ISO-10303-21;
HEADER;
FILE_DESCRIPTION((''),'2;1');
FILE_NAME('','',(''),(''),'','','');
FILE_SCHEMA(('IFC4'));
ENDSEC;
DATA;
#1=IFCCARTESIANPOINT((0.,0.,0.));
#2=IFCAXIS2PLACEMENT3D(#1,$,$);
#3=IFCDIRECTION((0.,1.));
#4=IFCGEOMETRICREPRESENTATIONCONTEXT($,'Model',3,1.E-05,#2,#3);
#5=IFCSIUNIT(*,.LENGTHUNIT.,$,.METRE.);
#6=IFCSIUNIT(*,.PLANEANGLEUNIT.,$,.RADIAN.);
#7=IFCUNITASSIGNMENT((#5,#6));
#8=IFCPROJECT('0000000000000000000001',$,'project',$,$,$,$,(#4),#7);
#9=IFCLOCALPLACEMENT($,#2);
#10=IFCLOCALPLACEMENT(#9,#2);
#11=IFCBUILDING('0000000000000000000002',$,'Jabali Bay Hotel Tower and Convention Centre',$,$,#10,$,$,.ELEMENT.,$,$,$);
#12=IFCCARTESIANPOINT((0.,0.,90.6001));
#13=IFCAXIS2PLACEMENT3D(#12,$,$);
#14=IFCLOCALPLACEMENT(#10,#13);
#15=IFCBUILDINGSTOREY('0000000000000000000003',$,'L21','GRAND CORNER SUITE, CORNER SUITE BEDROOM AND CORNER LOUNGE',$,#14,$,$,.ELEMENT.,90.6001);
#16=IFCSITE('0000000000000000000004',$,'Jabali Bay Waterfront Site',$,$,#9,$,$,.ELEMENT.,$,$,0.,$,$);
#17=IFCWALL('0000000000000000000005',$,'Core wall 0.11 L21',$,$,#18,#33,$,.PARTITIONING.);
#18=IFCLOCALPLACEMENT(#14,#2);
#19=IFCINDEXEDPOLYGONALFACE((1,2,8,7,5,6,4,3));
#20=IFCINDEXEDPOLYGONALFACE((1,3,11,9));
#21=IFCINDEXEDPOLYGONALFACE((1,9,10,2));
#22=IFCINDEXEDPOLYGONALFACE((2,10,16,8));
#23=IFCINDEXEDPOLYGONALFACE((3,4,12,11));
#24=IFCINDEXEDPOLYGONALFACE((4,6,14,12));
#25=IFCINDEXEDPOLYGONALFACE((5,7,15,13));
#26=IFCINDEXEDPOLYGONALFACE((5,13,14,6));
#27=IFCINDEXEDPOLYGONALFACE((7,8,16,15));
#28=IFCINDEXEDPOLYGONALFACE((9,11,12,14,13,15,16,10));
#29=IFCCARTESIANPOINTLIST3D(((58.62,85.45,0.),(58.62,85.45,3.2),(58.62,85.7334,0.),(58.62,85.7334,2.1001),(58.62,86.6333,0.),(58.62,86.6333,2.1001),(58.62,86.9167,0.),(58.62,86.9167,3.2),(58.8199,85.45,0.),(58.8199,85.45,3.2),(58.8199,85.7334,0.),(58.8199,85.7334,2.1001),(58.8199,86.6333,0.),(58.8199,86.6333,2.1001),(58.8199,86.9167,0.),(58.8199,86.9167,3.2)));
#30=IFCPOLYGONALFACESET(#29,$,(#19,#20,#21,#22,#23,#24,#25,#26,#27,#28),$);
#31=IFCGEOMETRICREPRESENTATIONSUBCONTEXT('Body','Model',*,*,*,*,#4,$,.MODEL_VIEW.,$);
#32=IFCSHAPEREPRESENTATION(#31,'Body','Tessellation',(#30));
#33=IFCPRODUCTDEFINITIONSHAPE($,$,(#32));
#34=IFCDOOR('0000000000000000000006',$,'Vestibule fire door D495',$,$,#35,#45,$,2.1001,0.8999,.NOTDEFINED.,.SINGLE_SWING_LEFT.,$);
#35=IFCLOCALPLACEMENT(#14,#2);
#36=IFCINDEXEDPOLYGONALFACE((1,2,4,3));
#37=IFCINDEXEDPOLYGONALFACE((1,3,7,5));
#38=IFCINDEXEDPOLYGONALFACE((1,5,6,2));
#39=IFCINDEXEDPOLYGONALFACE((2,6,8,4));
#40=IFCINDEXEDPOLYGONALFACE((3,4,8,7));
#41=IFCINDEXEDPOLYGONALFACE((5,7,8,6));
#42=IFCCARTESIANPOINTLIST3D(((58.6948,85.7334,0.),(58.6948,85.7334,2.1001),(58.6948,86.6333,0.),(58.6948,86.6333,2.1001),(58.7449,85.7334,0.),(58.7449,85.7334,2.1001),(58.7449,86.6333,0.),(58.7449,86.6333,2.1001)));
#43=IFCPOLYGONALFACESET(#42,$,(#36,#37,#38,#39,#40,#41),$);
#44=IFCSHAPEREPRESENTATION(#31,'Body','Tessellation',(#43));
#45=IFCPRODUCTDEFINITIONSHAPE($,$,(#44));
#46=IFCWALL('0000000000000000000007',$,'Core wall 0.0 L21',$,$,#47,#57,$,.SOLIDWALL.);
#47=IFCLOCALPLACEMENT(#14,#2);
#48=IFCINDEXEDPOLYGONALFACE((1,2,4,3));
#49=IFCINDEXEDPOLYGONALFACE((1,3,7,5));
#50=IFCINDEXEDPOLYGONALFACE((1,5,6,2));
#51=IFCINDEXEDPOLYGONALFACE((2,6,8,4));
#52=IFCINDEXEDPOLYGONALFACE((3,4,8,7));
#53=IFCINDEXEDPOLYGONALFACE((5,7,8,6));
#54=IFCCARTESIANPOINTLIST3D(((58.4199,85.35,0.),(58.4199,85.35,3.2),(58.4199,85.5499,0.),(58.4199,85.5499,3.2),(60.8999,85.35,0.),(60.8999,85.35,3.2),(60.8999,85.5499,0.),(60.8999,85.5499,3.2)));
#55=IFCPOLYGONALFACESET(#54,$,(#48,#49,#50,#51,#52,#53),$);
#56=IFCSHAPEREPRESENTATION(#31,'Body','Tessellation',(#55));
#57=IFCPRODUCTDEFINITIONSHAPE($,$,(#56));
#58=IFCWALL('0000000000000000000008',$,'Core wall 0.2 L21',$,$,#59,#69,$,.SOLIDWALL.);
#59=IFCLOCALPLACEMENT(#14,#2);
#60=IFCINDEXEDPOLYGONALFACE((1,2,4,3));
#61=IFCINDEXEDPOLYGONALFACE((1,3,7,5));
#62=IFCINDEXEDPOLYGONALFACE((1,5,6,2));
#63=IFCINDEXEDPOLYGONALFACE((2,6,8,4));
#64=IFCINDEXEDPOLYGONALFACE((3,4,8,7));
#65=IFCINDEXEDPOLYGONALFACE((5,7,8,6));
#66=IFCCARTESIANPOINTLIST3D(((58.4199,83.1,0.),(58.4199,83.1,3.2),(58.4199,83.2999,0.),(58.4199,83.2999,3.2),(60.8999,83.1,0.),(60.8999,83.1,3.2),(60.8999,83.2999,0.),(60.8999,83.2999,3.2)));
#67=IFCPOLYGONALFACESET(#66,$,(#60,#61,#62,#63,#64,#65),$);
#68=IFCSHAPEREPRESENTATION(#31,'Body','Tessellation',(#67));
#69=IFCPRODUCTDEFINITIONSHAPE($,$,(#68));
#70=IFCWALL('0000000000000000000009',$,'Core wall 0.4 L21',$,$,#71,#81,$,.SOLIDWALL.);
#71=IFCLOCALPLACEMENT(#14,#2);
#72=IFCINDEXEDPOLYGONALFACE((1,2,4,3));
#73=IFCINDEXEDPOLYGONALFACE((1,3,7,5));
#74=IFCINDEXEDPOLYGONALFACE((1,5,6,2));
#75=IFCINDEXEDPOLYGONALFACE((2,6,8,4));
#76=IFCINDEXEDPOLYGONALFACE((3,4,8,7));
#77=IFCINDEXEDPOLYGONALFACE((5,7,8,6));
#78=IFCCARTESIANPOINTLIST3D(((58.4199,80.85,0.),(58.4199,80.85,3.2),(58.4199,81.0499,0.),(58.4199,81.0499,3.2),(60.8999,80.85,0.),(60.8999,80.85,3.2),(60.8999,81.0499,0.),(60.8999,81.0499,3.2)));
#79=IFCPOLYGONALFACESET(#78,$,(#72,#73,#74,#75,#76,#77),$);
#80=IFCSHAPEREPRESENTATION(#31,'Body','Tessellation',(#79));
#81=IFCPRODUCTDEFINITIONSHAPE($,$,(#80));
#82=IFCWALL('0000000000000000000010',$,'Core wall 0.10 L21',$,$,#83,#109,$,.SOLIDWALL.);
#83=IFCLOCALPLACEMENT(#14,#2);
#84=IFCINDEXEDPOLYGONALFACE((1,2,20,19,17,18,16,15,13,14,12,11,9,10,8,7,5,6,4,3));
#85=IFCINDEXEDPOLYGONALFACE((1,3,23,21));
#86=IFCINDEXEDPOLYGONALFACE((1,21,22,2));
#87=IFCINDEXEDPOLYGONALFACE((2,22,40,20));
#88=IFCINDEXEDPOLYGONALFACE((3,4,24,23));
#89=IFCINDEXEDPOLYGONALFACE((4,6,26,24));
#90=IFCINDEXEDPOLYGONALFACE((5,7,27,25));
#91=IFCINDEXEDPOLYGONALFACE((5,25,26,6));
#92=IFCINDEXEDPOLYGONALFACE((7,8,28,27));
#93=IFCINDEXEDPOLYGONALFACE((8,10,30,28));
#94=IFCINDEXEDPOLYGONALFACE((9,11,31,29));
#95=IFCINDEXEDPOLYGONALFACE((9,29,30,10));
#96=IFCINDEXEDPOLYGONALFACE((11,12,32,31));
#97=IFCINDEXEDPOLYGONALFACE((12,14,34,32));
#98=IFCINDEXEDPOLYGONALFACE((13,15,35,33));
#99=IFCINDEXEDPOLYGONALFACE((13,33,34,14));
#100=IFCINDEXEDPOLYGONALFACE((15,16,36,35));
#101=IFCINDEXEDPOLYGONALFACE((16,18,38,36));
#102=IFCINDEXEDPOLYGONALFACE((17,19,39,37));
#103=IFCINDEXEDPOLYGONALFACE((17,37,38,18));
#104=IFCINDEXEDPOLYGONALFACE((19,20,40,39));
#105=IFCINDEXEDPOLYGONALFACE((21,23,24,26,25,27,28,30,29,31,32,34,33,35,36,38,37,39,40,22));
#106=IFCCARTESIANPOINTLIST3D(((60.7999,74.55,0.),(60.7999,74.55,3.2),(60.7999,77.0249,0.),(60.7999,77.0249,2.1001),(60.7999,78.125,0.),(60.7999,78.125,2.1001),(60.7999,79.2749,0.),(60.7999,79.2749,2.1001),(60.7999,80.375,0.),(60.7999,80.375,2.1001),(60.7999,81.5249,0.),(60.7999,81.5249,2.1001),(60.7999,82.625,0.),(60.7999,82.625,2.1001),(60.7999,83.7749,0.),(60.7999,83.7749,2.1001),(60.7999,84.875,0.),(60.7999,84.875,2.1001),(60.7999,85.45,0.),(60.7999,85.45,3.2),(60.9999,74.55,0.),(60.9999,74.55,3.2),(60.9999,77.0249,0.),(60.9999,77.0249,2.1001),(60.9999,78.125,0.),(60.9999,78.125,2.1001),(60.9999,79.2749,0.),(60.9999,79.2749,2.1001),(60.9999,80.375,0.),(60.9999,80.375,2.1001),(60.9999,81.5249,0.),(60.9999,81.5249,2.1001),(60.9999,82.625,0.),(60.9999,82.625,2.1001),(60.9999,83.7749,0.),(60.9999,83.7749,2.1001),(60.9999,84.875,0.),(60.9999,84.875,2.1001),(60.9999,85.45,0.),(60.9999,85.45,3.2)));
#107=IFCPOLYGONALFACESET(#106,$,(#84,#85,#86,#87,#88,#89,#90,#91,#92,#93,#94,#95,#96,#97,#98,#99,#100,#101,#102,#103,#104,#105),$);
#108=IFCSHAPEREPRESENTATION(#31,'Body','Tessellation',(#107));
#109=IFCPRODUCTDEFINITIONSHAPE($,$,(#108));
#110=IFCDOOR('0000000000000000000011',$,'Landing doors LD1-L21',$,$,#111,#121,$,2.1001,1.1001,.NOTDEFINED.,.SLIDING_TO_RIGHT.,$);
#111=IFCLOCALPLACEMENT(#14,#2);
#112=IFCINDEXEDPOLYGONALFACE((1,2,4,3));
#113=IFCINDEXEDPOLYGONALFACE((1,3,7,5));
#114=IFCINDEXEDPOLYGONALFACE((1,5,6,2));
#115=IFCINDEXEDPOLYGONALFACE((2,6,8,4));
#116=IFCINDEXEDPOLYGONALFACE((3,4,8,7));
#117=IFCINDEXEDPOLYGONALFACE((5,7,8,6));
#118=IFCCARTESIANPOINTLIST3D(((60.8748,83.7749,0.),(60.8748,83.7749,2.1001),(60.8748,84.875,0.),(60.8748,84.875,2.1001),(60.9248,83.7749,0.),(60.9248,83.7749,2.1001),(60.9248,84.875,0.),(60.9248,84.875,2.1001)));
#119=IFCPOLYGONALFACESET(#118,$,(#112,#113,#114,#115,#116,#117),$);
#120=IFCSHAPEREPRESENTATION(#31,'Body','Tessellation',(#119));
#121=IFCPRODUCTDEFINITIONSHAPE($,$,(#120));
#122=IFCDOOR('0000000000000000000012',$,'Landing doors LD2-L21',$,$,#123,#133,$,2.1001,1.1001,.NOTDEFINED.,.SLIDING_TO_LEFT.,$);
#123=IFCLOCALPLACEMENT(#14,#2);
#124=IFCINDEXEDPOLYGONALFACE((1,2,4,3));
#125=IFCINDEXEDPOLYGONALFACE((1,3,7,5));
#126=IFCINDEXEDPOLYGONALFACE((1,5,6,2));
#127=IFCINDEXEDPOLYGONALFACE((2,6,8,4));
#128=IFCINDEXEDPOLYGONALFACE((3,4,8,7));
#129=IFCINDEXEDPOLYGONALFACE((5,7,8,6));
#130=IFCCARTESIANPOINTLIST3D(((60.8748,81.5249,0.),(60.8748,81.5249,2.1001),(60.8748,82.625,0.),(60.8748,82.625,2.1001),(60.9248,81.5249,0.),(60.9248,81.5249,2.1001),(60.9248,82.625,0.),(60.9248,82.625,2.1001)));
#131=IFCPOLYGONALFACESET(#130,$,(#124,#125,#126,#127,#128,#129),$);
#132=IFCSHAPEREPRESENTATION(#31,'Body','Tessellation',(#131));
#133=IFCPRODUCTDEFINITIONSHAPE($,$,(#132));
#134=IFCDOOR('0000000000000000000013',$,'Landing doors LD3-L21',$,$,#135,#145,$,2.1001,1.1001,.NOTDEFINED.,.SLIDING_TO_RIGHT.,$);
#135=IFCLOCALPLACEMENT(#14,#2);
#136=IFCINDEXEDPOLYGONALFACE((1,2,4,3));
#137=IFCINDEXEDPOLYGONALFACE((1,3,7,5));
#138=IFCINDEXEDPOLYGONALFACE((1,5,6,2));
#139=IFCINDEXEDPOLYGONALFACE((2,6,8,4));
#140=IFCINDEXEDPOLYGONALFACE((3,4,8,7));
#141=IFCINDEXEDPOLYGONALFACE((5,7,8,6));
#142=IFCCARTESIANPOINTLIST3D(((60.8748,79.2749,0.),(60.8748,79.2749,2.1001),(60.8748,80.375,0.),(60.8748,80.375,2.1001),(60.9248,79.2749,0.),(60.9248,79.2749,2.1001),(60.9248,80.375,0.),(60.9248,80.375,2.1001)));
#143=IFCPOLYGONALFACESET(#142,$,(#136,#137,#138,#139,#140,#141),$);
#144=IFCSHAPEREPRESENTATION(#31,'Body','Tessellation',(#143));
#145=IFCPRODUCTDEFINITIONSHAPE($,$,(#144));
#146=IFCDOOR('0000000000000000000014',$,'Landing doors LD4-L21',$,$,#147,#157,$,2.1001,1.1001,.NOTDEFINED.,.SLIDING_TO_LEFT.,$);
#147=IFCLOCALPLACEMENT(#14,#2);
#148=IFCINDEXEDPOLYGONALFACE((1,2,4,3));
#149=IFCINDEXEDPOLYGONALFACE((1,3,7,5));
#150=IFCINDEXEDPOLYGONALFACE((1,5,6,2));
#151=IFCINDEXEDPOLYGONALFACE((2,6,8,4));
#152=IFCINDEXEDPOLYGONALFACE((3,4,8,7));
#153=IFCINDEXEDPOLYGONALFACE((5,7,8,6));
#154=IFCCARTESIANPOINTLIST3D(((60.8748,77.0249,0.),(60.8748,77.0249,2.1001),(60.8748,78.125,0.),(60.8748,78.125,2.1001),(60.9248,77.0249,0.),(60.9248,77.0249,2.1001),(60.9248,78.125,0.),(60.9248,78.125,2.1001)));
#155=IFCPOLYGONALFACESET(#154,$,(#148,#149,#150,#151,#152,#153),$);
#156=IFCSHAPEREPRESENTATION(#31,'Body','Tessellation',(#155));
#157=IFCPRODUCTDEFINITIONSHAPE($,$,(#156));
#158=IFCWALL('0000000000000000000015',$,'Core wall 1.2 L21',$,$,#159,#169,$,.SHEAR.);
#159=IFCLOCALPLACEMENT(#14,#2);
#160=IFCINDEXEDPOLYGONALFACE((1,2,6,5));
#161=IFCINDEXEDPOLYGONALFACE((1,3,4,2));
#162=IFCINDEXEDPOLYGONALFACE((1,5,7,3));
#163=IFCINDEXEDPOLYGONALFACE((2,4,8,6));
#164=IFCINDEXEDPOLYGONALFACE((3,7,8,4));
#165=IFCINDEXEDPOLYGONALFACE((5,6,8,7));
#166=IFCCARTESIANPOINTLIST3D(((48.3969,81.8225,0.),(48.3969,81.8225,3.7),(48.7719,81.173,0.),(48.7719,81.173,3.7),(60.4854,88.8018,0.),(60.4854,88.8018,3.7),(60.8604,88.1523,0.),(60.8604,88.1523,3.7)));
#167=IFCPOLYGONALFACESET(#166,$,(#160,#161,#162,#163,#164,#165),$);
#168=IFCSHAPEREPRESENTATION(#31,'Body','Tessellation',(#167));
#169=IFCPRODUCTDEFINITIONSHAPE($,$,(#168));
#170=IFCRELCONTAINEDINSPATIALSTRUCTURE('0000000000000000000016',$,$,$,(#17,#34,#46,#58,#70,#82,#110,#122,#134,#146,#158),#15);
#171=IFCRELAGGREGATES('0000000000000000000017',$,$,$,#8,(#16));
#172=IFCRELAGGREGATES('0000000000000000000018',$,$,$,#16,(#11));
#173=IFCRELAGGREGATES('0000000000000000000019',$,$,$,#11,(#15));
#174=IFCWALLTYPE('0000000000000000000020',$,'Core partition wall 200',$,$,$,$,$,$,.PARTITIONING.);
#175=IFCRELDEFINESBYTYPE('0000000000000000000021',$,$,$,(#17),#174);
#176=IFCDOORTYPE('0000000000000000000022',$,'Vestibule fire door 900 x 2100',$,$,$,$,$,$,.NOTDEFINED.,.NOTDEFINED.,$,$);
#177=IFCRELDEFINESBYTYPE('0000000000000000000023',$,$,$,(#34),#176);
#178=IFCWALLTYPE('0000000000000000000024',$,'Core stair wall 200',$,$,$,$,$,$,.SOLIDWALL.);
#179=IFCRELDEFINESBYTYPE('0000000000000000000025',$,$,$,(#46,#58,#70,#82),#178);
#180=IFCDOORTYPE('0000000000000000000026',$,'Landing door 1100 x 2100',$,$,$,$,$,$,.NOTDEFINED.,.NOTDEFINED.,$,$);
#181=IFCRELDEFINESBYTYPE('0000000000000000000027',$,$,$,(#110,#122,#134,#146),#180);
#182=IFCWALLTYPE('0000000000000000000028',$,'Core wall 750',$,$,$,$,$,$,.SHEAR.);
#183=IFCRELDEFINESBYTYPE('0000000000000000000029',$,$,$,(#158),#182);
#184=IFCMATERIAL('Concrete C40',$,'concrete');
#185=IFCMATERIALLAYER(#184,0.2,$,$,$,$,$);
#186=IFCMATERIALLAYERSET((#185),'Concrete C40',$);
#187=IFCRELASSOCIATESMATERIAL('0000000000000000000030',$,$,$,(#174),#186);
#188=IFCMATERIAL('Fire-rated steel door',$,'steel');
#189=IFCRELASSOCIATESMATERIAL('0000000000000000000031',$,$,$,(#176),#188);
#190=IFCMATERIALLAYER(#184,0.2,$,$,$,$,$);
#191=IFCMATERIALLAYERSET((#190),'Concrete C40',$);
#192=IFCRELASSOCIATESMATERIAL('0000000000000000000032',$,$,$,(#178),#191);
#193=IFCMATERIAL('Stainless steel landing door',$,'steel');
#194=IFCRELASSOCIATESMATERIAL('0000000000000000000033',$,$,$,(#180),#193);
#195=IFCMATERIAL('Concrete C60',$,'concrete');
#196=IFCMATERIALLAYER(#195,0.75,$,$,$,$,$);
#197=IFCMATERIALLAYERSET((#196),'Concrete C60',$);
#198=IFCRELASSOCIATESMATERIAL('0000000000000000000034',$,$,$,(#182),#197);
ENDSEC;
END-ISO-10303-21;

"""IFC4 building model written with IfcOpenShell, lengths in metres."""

from ifc_helpers import new_model, si_unit, direction, frame, frame_2d, origin, place, context, subcontext, project, spatial, rectangle, extrude, material, layer, layer_set, type_object, element, fill, save


model = new_model("IFC4")

# Units and contexts
model_context = context("Model", 3, precision=1e-05, world=origin(), true_north=direction((0.0, 1.0)))
body_context = subcontext(model_context, "Body", "Model", "MODEL_VIEW")
ifc_project = project(units=[si_unit("LENGTHUNIT", "METRE"), si_unit("PLANEANGLEUNIT", "RADIAN")], contexts=[model_context])

# Site, building, storey
site_placement = place(None, origin())
site = spatial("IfcSite", under=ifc_project, at=site_placement, Name="Jabali Bay Waterfront Site", CompositionType="ELEMENT", RefElevation=0.0)
building_placement = place(site_placement, origin())
building = spatial("IfcBuilding", under=site, at=building_placement, Name="Jabali Bay Hotel Tower and Convention Centre", CompositionType="ELEMENT")
storey_placement = place(building_placement, frame((0.0, 0.0, 90.6001)))
storey = spatial("IfcBuildingStorey", under=building, at=storey_placement, Name="L21", Description="GRAND CORNER SUITE, CORNER SUITE BEDROOM AND CORNER LOUNGE", CompositionType="ELEMENT", Elevation=90.6001)

# Wall, opening, door
ifc_material_1 = material(Name="Concrete C40", Category="concrete")
ifc_layer_1 = layer(ifc_material_1, 0.2)
ifc_layer_set_1 = layer_set([ifc_layer_1], Name="Concrete C40")
wall_type_1 = type_object("IfcWallType", Name="Core partition wall 200", PredefinedType="PARTITIONING", material=ifc_layer_set_1)
wall_1_placement = place(storey_placement, frame((58.72, 86.9167, 0.0), z_axis=(0.0, 0.0, 1.0), x_axis=(0.0, -1.0, 0.0)))
wall_1 = element("IfcWall", 1, at=wall_1_placement, inside=storey, type_object=wall_type_1, Name="Core wall 0.11 L21", PredefinedType="PARTITIONING", context=body_context, shape_type="SweptSolid", body=[
    extrude(rectangle(XDim=1.4668, YDim=0.2, at=frame_2d((0.7334, 0.0))), origin(), (0.0, 0.0, 1.0), 3.2),
])
opening_1_placement = place(wall_1_placement, frame((0.2834, 0.0, 0.0)))
opening_1 = element("IfcOpeningElement", 2, at=opening_1_placement, cuts=wall_1, PredefinedType="OPENING", context=body_context, shape_type="SweptSolid", body=[
    extrude(rectangle(XDim=0.8999, YDim=2.1001, at=frame_2d((0.45, 1.05))), frame((0.0, 0.1104, 0.0), z_axis=(0.0, -1.0, 0.0), x_axis=(1.0, 0.0, 0.0)), (0.0, 0.0, 1.0), 0.2209),
])
ifc_material_2 = material(Name="Fire-rated steel door", Category="steel")
door_type_1 = type_object("IfcDoorType", Name="Vestibule fire door 900 x 2100", OperationType="NOTDEFINED", PredefinedType="NOTDEFINED", material=ifc_material_2)
door_1_placement = place(opening_1_placement, origin())
door_1 = element("IfcDoor", 3, at=door_1_placement, inside=storey, type_object=door_type_1, Name="Vestibule fire door D495", OperationType="SINGLE_SWING_LEFT", OverallHeight=2.1001, OverallWidth=0.8999, PredefinedType="NOTDEFINED", context=body_context, shape_type="SweptSolid", body=[
    extrude(rectangle(XDim=0.8999, YDim=2.1001, at=frame_2d((0.45, 1.05))), frame((0.0, 0.0249, 0.0), z_axis=(0.0, -1.0, 0.0), x_axis=(1.0, 0.0, 0.0)), (0.0, 0.0, 1.0), 0.05),
])
fill(opening_1, door_1)

# Walls
ifc_layer_2 = layer(ifc_material_1, 0.2)
ifc_layer_set_2 = layer_set([ifc_layer_2], Name="Concrete C40")
wall_type_2 = type_object("IfcWallType", Name="Core stair wall 200", PredefinedType="SOLIDWALL", material=ifc_layer_set_2)
for number, where, z_axis, x_axis, name in (
    (4, (60.8999, 85.45, 0.0), (0.0, 0.0, 1.0), (-1.0, 0.0, 0.0), "Core wall 0.0 L21"),
    (5, (60.8999, 83.2, 0.0), (0.0, 0.0, 1.0), (-1.0, 0.0, 0.0), "Core wall 0.2 L21"),
    (6, (60.8999, 80.95, 0.0), (0.0, 0.0, 1.0), (-1.0, 0.0, 0.0), "Core wall 0.4 L21"),
):
    element("IfcWall", number, at=place(storey_placement, frame(where, z_axis=z_axis, x_axis=x_axis)), inside=storey, type_object=wall_type_2, Name=name, PredefinedType="SOLIDWALL", context=body_context, shape_type="SweptSolid", body=[
        extrude(rectangle(XDim=2.48, YDim=0.2, at=frame_2d((1.24, 0.0))), origin(), (0.0, 0.0, 1.0), 3.2),
    ])

# Wall, openings, doors
wall_2_placement = place(storey_placement, frame((60.8999, 85.45, 0.0), z_axis=(0.0, 0.0, 1.0), x_axis=(0.0, -1.0, 0.0)))
wall_2 = element("IfcWall", 7, at=wall_2_placement, inside=storey, type_object=wall_type_2, Name="Core wall 0.10 L21", PredefinedType="SOLIDWALL", context=body_context, shape_type="SweptSolid", body=[
    extrude(rectangle(XDim=10.8999, YDim=0.2, at=frame_2d((5.45, 0.0))), origin(), (0.0, 0.0, 1.0), 3.2),
])
opening_2_placement = place(wall_2_placement, frame((0.575, 0.0, 0.0)))
opening_2 = element("IfcOpeningElement", 8, at=opening_2_placement, cuts=wall_2, PredefinedType="OPENING", context=body_context, shape_type="SweptSolid", body=[
    extrude(rectangle(XDim=1.1001, YDim=2.1001, at=frame_2d((0.55, 1.05))), frame((0.0, 0.1104, 0.0), z_axis=(0.0, -1.0, 0.0), x_axis=(1.0, 0.0, 0.0)), (0.0, 0.0, 1.0), 0.2209),
])
opening_3_placement = place(wall_2_placement, frame((2.825, 0.0, 0.0)))
opening_3 = element("IfcOpeningElement", 9, at=opening_3_placement, cuts=wall_2, PredefinedType="OPENING", context=body_context, shape_type="SweptSolid", body=[
    extrude(rectangle(XDim=1.1001, YDim=2.1001, at=frame_2d((0.55, 1.05))), frame((0.0, 0.1104, 0.0), z_axis=(0.0, -1.0, 0.0), x_axis=(1.0, 0.0, 0.0)), (0.0, 0.0, 1.0), 0.2209),
])
opening_4_placement = place(wall_2_placement, frame((5.075, 0.0, 0.0)))
opening_4 = element("IfcOpeningElement", 10, at=opening_4_placement, cuts=wall_2, PredefinedType="OPENING", context=body_context, shape_type="SweptSolid", body=[
    extrude(rectangle(XDim=1.1001, YDim=2.1001, at=frame_2d((0.55, 1.05))), frame((0.0, 0.1104, 0.0), z_axis=(0.0, -1.0, 0.0), x_axis=(1.0, 0.0, 0.0)), (0.0, 0.0, 1.0), 0.2209),
])
opening_5_placement = place(wall_2_placement, frame((7.325, 0.0, 0.0)))
opening_5 = element("IfcOpeningElement", 11, at=opening_5_placement, cuts=wall_2, PredefinedType="OPENING", context=body_context, shape_type="SweptSolid", body=[
    extrude(rectangle(XDim=1.1001, YDim=2.1001, at=frame_2d((0.55, 1.05))), frame((0.0, 0.1104, 0.0), z_axis=(0.0, -1.0, 0.0), x_axis=(1.0, 0.0, 0.0)), (0.0, 0.0, 1.0), 0.2209),
])
ifc_material_3 = material(Name="Stainless steel landing door", Category="steel")
door_type_2 = type_object("IfcDoorType", Name="Landing door 1100 x 2100", OperationType="NOTDEFINED", PredefinedType="NOTDEFINED", material=ifc_material_3)
door_2_placement = place(opening_2_placement, origin())
door_2 = element("IfcDoor", 12, at=door_2_placement, inside=storey, type_object=door_type_2, Name="Landing doors LD1-L21", OperationType="SLIDING_TO_RIGHT", OverallHeight=2.1001, OverallWidth=1.1001, PredefinedType="NOTDEFINED", context=body_context, shape_type="SweptSolid", body=[
    extrude(rectangle(XDim=1.1001, YDim=2.1001, at=frame_2d((0.55, 1.05))), frame((0.0, 0.0249, 0.0), z_axis=(0.0, -1.0, 0.0), x_axis=(1.0, 0.0, 0.0)), (0.0, 0.0, 1.0), 0.05),
])
fill(opening_2, door_2)
door_3_placement = place(opening_3_placement, origin())
door_3 = element("IfcDoor", 13, at=door_3_placement, inside=storey, type_object=door_type_2, Name="Landing doors LD2-L21", OperationType="SLIDING_TO_LEFT", OverallHeight=2.1001, OverallWidth=1.1001, PredefinedType="NOTDEFINED", context=body_context, shape_type="SweptSolid", body=[
    extrude(rectangle(XDim=1.1001, YDim=2.1001, at=frame_2d((0.55, 1.05))), frame((0.0, 0.0249, 0.0), z_axis=(0.0, -1.0, 0.0), x_axis=(1.0, 0.0, 0.0)), (0.0, 0.0, 1.0), 0.05),
])
fill(opening_3, door_3)
door_4_placement = place(opening_4_placement, origin())
door_4 = element("IfcDoor", 14, at=door_4_placement, inside=storey, type_object=door_type_2, Name="Landing doors LD3-L21", OperationType="SLIDING_TO_RIGHT", OverallHeight=2.1001, OverallWidth=1.1001, PredefinedType="NOTDEFINED", context=body_context, shape_type="SweptSolid", body=[
    extrude(rectangle(XDim=1.1001, YDim=2.1001, at=frame_2d((0.55, 1.05))), frame((0.0, 0.0249, 0.0), z_axis=(0.0, -1.0, 0.0), x_axis=(1.0, 0.0, 0.0)), (0.0, 0.0, 1.0), 0.05),
])
fill(opening_4, door_4)
door_5_placement = place(opening_5_placement, origin())
door_5 = element("IfcDoor", 15, at=door_5_placement, inside=storey, type_object=door_type_2, Name="Landing doors LD4-L21", OperationType="SLIDING_TO_LEFT", OverallHeight=2.1001, OverallWidth=1.1001, PredefinedType="NOTDEFINED", context=body_context, shape_type="SweptSolid", body=[
    extrude(rectangle(XDim=1.1001, YDim=2.1001, at=frame_2d((0.55, 1.05))), frame((0.0, 0.0249, 0.0), z_axis=(0.0, -1.0, 0.0), x_axis=(1.0, 0.0, 0.0)), (0.0, 0.0, 1.0), 0.05),
])
fill(opening_5, door_5)

# Wall
ifc_material_4 = material(Name="Concrete C60", Category="concrete")
ifc_layer_3 = layer(ifc_material_4, 0.75)
ifc_layer_set_3 = layer_set([ifc_layer_3], Name="Concrete C60")
wall_type_3 = type_object("IfcWallType", Name="Core wall 750", PredefinedType="SHEAR", material=ifc_layer_set_3)
wall_3_placement = place(storey_placement, frame((60.6729, 88.4771, 0.0), z_axis=(0.0, 0.0, 1.0), x_axis=(-0.866025, -0.500001, 0.0)))
element("IfcWall", 16, at=wall_3_placement, inside=storey, type_object=wall_type_3, Name="Core wall 1.2 L21", PredefinedType="SHEAR", context=body_context, shape_type="SweptSolid", body=[
    extrude(rectangle(XDim=13.9585, YDim=0.75, at=frame_2d((6.9792, 0.0))), origin(), (0.0, 0.0, 1.0), 3.7),
])

save(model, "model.ifc")
